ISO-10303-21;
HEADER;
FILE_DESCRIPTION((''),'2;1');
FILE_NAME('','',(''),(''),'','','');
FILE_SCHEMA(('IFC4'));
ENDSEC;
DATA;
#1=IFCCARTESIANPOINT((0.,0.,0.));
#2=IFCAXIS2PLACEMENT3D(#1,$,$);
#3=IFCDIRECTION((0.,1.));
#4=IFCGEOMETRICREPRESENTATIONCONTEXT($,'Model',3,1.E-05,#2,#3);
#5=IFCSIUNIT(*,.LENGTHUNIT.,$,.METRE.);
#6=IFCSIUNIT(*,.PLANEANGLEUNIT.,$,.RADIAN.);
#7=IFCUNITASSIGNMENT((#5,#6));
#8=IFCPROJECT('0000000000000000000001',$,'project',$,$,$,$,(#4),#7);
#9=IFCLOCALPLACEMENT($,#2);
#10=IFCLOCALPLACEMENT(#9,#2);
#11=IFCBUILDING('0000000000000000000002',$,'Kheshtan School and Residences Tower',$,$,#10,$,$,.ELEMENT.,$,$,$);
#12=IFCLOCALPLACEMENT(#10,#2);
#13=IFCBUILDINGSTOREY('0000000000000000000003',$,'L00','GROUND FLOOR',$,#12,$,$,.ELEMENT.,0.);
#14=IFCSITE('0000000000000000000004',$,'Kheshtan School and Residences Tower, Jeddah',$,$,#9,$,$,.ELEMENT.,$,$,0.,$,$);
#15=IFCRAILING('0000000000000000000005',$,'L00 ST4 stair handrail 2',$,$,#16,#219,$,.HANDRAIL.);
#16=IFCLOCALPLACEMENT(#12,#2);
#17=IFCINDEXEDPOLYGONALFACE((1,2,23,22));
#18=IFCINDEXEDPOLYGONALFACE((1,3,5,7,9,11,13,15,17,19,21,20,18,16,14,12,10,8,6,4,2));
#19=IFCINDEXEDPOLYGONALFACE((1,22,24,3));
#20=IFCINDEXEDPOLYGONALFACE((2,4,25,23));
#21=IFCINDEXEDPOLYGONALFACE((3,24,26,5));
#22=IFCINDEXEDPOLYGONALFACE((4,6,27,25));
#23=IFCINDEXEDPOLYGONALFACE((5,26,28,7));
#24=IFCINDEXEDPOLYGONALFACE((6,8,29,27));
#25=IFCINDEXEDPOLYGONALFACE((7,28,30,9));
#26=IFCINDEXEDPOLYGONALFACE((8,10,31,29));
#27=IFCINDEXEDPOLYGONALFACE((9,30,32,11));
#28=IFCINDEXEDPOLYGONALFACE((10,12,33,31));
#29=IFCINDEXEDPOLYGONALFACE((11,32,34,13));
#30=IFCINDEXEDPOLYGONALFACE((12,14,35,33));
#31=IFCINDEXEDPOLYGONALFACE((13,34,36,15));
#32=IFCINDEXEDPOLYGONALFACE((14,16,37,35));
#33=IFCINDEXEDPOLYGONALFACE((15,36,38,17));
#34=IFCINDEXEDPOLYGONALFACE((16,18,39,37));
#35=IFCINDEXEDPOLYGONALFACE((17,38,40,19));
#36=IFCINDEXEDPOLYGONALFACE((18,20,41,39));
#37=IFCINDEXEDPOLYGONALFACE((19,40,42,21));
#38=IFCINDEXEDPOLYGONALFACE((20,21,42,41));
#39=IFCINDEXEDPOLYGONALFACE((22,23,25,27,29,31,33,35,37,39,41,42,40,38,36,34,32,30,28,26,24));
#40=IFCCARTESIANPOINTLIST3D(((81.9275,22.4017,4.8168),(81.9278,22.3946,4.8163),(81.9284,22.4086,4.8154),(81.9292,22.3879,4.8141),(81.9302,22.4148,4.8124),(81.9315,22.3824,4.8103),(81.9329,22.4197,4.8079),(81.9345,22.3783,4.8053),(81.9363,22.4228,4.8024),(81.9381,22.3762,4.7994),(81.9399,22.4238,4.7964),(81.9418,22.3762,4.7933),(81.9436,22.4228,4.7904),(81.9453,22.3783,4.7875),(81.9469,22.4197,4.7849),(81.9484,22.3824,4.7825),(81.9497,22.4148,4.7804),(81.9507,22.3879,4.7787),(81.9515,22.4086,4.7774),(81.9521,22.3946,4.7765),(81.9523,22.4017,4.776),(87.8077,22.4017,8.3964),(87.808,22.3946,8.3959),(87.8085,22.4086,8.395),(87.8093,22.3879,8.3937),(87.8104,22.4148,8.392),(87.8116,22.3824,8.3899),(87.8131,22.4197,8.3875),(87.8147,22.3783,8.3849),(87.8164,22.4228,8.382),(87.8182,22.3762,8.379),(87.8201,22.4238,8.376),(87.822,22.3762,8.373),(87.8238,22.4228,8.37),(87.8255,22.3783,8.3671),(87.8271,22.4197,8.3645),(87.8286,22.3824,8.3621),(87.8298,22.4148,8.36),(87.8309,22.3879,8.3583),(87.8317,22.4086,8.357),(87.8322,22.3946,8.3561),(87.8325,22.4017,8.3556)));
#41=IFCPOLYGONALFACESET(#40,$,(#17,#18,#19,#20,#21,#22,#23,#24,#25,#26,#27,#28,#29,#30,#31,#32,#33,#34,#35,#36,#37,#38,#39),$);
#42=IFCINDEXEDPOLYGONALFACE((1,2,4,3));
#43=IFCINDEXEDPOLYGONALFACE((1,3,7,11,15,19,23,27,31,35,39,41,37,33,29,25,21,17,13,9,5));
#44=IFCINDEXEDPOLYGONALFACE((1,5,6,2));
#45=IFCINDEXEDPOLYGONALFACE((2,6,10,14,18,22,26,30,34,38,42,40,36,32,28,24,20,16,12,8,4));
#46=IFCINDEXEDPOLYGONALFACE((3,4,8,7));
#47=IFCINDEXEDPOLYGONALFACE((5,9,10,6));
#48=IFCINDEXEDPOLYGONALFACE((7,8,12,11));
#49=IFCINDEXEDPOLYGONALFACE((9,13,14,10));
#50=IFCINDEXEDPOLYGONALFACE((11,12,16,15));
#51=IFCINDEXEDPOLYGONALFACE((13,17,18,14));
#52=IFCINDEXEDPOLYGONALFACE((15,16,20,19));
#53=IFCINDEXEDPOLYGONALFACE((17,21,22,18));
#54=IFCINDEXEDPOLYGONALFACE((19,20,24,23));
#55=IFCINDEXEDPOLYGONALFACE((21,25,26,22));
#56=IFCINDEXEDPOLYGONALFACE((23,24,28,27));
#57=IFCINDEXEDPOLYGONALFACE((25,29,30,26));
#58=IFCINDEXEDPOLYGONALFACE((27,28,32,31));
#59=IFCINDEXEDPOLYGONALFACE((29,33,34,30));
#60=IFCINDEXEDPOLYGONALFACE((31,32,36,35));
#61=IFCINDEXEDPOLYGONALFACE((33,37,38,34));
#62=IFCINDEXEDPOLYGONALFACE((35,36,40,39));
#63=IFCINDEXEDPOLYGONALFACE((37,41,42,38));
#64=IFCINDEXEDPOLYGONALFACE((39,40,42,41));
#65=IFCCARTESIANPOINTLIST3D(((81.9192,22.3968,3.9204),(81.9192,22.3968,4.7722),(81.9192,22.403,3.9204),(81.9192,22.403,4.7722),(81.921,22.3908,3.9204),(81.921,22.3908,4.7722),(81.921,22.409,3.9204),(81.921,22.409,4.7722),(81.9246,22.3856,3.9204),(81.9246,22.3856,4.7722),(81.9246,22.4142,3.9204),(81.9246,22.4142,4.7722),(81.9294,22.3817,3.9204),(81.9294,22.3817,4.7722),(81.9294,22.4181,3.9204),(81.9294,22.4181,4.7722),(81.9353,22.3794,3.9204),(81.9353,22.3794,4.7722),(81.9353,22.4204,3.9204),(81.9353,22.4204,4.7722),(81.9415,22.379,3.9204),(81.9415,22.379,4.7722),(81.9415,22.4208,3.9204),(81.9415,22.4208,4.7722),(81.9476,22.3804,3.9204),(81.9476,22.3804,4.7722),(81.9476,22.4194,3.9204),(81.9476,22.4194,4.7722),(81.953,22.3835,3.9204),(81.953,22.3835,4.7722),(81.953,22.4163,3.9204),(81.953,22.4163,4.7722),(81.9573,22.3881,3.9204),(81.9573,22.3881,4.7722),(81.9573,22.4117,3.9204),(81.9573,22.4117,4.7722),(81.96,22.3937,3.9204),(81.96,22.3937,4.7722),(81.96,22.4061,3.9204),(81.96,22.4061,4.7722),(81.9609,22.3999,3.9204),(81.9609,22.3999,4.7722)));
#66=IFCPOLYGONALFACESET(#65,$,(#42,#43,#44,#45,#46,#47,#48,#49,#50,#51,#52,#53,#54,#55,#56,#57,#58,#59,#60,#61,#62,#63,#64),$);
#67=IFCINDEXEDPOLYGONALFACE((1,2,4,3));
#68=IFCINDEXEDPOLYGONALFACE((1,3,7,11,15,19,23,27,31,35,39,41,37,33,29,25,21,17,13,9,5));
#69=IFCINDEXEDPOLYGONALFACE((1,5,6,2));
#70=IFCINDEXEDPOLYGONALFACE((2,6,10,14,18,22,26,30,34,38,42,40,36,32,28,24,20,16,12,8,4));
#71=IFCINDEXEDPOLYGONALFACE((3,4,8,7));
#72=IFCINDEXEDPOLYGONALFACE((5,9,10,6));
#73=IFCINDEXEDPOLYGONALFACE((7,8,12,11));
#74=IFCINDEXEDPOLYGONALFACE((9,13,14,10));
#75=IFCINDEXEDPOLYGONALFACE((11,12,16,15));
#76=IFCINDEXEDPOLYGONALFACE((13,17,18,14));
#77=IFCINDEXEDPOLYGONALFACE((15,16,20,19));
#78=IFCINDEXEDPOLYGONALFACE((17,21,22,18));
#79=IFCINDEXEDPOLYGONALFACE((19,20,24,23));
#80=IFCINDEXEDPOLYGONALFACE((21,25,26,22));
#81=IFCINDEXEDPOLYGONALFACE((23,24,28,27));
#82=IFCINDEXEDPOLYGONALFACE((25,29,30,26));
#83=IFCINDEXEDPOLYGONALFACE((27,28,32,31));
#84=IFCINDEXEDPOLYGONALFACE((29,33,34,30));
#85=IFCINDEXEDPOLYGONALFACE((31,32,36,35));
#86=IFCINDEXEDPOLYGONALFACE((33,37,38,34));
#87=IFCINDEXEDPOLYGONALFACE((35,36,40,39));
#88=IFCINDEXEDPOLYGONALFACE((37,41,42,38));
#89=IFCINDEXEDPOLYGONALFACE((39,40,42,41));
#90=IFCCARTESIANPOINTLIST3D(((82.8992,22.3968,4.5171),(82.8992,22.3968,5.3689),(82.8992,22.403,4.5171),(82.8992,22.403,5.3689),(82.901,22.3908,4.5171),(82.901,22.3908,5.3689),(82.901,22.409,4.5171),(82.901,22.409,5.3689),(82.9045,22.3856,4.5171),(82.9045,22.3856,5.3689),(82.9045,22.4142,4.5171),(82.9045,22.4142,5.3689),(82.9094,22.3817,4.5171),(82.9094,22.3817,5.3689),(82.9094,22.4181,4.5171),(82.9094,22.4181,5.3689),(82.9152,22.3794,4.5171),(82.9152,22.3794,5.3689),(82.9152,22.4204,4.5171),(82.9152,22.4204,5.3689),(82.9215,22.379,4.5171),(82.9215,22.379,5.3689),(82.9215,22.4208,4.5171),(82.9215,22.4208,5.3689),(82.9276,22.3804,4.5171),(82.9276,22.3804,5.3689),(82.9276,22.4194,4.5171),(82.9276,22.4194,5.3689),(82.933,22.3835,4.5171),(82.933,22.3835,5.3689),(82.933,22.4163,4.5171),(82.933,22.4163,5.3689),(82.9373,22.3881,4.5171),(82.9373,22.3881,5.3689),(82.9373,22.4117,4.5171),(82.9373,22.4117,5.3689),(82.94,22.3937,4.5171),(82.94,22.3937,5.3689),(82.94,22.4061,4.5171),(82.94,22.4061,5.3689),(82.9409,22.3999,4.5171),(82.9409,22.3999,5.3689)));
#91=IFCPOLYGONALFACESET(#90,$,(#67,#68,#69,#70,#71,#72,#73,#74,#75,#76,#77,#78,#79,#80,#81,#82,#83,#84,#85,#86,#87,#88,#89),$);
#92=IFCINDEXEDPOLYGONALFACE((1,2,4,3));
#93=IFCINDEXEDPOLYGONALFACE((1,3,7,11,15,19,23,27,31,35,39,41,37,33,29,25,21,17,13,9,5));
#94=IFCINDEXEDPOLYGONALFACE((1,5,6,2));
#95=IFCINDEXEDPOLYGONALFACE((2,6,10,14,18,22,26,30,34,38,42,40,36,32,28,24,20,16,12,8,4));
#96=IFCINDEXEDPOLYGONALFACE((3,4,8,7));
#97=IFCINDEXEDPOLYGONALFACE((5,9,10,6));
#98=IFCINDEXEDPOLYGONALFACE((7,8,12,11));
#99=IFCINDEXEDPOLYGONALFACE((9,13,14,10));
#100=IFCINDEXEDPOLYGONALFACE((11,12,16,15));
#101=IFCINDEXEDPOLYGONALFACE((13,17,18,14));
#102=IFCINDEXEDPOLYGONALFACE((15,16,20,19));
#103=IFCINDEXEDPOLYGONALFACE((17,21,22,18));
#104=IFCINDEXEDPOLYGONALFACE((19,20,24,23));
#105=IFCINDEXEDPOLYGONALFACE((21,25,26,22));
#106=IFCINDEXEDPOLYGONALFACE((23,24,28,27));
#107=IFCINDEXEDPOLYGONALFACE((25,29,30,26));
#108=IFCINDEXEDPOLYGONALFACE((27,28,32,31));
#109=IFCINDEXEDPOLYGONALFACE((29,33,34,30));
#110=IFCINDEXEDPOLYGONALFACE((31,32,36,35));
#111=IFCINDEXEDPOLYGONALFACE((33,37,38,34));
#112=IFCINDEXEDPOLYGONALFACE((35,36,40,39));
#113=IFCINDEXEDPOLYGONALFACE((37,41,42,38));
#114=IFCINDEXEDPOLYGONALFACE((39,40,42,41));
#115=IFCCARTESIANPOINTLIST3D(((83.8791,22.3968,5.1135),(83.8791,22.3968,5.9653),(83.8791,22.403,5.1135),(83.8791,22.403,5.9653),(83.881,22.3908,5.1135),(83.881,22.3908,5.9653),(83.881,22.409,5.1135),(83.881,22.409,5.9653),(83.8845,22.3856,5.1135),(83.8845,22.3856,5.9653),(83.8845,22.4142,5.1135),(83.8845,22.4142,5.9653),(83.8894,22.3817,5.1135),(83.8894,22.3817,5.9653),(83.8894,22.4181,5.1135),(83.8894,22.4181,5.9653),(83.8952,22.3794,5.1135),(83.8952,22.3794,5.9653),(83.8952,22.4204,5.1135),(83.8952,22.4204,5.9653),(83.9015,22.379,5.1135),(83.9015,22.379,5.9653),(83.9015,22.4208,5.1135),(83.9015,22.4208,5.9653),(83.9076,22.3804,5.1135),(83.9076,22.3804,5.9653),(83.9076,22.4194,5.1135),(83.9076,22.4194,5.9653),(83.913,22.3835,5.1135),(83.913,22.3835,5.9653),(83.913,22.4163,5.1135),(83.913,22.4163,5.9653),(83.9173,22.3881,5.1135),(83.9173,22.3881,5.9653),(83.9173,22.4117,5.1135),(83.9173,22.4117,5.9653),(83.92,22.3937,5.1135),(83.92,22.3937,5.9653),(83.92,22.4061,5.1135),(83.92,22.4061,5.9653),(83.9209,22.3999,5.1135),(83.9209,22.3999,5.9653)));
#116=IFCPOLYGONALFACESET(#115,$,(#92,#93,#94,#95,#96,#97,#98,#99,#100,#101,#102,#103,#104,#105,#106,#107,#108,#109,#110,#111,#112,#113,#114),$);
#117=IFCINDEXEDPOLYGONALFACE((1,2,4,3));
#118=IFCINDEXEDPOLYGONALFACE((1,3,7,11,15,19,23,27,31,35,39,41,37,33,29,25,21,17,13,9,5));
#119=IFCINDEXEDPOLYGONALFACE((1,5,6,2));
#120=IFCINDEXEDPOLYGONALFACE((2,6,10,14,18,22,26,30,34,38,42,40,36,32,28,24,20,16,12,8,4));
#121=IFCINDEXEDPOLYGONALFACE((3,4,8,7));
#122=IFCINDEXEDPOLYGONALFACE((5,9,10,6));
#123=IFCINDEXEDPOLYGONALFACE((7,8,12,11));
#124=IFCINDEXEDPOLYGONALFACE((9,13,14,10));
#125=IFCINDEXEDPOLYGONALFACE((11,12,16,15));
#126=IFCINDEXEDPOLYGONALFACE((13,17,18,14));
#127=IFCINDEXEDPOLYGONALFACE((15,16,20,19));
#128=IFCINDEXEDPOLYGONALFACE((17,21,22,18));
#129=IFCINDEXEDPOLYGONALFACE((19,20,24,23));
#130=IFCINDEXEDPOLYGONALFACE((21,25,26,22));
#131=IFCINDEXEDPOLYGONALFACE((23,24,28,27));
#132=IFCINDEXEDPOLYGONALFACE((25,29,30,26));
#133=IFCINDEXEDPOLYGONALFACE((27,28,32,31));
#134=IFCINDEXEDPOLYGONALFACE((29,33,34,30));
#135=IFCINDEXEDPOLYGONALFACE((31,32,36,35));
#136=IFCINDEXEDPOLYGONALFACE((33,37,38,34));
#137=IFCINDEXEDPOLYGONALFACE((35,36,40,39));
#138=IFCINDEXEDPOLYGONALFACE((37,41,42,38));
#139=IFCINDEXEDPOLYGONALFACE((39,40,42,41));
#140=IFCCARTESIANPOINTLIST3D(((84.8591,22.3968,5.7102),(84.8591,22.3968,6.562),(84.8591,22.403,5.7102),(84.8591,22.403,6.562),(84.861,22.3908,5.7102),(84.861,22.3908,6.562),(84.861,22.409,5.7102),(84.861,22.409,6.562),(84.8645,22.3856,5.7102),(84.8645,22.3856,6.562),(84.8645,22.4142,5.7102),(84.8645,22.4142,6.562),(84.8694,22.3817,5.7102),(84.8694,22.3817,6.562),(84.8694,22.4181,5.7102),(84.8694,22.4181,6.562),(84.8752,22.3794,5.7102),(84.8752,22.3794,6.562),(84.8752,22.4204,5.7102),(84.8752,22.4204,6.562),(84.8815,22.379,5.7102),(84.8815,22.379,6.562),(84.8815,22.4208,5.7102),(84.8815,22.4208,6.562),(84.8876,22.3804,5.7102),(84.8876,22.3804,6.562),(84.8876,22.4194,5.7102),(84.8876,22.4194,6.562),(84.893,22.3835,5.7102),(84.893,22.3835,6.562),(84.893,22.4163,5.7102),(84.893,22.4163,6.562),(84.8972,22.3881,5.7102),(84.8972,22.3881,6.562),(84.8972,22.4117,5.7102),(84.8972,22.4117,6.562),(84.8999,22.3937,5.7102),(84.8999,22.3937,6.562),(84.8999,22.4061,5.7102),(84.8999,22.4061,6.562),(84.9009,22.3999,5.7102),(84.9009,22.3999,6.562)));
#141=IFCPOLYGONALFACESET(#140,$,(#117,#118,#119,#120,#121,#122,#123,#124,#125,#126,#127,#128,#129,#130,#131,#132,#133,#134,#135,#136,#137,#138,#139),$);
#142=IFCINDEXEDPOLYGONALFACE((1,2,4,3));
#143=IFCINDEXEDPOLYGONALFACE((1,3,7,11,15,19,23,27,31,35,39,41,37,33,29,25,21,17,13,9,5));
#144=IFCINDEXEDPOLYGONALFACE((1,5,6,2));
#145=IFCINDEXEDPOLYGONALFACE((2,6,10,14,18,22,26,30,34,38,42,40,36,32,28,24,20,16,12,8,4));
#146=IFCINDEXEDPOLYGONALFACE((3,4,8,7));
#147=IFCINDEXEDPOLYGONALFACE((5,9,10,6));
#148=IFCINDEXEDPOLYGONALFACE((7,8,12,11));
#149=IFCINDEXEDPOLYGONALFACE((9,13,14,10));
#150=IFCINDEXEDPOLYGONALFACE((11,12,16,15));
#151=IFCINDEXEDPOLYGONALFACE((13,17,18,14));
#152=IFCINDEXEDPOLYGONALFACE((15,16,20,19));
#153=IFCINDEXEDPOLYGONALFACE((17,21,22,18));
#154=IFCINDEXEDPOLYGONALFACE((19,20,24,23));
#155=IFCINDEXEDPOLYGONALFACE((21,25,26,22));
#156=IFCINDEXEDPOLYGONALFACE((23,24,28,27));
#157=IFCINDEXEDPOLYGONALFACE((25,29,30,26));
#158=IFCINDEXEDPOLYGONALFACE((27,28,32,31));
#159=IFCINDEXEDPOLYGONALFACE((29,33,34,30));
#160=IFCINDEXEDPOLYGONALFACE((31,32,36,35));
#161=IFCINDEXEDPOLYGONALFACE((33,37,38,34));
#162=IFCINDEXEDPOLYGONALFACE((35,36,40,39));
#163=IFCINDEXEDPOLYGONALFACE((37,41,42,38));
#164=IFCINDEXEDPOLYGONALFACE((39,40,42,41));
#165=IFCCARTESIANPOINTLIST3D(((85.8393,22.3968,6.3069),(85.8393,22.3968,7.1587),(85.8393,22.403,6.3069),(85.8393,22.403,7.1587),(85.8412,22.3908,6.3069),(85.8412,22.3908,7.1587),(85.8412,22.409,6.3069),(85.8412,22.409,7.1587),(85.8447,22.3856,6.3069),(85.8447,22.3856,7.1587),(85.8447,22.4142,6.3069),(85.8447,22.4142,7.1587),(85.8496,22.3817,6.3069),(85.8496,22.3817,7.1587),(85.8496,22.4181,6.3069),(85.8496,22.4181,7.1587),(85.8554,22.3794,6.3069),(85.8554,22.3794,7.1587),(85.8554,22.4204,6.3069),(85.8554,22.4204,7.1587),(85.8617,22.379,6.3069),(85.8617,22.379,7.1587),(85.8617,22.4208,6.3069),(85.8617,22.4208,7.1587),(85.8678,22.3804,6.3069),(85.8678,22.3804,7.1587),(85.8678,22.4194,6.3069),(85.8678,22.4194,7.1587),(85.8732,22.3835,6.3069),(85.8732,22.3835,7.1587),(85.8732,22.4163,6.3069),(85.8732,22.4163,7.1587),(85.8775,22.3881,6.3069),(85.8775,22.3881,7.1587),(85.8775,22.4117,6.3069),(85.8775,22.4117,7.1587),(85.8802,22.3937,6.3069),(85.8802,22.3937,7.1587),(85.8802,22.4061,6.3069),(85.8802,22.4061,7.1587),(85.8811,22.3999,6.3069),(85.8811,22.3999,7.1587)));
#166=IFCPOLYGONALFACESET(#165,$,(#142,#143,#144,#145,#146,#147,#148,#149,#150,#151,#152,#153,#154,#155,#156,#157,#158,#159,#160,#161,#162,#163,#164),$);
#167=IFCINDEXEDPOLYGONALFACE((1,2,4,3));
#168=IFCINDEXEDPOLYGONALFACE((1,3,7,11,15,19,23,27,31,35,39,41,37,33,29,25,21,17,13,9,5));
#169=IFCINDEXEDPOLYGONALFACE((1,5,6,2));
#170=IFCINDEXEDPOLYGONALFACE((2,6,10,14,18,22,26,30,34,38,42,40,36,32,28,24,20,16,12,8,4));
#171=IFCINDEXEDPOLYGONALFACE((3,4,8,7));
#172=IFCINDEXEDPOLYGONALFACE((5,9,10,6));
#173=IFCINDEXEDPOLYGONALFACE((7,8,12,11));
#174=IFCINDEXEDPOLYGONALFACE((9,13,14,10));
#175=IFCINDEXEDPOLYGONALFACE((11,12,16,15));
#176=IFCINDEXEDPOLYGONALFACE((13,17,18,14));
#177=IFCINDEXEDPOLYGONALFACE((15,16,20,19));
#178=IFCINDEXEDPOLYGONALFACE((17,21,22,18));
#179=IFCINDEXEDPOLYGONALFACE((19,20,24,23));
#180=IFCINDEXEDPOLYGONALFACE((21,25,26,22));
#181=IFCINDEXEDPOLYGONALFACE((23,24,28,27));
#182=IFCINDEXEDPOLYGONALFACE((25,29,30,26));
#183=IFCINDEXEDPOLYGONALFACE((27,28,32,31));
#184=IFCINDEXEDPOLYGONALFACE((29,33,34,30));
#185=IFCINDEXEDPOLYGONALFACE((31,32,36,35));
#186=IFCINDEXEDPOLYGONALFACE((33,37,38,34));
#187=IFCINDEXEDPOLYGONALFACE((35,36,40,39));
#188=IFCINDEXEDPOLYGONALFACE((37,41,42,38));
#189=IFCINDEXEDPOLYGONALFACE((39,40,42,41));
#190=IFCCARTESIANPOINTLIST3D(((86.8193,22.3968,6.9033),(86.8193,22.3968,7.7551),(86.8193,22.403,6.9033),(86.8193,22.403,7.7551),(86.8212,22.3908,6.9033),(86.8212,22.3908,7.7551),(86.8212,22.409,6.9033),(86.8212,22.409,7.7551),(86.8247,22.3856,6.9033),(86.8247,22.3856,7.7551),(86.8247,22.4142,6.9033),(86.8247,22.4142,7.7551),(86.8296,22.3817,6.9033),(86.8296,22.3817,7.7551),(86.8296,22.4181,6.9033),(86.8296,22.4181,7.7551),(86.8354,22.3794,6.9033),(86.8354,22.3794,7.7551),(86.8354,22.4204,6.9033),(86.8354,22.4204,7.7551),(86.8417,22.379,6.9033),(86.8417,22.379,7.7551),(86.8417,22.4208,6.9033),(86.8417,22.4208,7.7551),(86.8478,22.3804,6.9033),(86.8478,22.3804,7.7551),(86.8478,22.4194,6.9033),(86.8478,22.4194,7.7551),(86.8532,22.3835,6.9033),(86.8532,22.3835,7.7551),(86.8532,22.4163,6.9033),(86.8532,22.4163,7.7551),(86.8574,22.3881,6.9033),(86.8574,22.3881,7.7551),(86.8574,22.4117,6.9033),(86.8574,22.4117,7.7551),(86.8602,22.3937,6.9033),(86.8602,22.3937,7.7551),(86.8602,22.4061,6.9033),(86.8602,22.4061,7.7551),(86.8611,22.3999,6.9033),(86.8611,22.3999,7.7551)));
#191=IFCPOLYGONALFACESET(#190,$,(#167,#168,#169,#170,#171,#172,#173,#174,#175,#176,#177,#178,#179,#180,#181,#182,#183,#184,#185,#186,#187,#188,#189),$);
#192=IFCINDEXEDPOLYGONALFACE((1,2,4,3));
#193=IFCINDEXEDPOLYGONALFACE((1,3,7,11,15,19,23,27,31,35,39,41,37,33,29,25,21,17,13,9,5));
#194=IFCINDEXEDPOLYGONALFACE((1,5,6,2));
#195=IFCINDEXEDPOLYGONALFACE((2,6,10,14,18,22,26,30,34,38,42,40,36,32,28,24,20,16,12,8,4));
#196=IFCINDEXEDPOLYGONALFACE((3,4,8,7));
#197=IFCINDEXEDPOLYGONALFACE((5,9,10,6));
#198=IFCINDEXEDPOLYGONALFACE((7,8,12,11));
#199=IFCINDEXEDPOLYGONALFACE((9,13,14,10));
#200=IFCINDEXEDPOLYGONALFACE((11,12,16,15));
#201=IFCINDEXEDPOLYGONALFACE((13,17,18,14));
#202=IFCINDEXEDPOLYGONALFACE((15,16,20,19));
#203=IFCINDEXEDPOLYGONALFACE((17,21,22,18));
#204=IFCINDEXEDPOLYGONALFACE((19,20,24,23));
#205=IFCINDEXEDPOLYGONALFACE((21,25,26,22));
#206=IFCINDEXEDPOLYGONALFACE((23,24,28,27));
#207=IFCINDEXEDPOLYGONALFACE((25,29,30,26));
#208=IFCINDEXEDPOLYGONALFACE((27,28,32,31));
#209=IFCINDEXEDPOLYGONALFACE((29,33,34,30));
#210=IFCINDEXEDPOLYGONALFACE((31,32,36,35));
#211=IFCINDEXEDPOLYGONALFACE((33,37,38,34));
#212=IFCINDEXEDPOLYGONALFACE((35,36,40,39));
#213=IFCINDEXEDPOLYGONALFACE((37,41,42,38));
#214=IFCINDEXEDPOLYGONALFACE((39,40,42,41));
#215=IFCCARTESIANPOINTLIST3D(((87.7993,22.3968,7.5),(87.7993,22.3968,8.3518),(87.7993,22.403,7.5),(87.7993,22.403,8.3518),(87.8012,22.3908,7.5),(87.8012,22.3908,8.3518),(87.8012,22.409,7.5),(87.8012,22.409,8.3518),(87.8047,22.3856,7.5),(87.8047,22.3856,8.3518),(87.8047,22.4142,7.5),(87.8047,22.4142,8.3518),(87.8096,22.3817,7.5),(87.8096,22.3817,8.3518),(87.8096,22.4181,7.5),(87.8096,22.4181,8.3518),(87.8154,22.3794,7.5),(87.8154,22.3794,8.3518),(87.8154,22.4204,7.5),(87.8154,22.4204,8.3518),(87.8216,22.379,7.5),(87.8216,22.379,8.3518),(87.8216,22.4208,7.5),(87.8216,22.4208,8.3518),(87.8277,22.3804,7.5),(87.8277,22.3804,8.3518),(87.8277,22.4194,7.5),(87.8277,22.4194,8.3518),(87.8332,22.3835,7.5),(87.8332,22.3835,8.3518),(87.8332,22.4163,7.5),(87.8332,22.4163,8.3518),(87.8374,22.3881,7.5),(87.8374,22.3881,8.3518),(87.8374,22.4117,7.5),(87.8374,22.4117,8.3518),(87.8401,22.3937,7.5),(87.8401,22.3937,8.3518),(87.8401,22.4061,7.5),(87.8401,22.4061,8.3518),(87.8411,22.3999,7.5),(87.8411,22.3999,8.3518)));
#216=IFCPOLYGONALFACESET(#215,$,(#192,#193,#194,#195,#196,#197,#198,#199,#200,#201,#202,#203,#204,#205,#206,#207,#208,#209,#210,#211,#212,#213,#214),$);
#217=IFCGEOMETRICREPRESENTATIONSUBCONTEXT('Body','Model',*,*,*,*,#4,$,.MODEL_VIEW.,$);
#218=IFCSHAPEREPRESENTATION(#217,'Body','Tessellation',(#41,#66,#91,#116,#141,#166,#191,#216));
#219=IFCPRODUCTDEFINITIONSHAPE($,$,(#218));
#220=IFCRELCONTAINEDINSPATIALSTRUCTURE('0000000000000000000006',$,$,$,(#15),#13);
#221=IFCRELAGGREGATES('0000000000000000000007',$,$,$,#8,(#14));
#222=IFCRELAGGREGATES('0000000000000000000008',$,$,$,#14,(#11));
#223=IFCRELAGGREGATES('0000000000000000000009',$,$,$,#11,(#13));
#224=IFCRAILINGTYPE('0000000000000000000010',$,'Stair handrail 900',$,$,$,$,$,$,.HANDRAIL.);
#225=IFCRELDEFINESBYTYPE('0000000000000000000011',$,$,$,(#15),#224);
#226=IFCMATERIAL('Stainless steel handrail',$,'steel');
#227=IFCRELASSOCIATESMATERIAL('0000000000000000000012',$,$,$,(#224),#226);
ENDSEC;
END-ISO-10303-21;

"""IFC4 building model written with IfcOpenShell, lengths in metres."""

from ifc_helpers import new_model, si_unit, direction, frame, origin, origin_2d, place, context, subcontext, project, spatial, circle, extrude, material, type_object, element, save


model = new_model("IFC4")

# Units and contexts
model_context = context("Model", 3, precision=1e-05, world=origin(), true_north=direction((0.0, 1.0)))
body_context = subcontext(model_context, "Body", "Model", "MODEL_VIEW")
ifc_project = project(units=[si_unit("LENGTHUNIT", "METRE"), si_unit("PLANEANGLEUNIT", "RADIAN")], contexts=[model_context])

# Site, building, storey
site_placement = place(None, origin())
site = spatial("IfcSite", under=ifc_project, at=site_placement, Name="Kheshtan School and Residences Tower, Jeddah", CompositionType="ELEMENT", RefElevation=0.0)
building_placement = place(site_placement, origin())
building = spatial("IfcBuilding", under=site, at=building_placement, Name="Kheshtan School and Residences Tower", CompositionType="ELEMENT")
storey_placement = place(building_placement, origin())
storey = spatial("IfcBuildingStorey", under=building, at=storey_placement, Name="L00", Description="GROUND FLOOR", CompositionType="ELEMENT", Elevation=0.0)

# Railing
ifc_material_1 = material(Name="Stainless steel handrail", Category="steel")
railing_type_1 = type_object("IfcRailingType", Name="Stair handrail 900", PredefinedType="HANDRAIL", material=ifc_material_1)
railing_1_placement = place(storey_placement, frame((81.9399, 22.3999, 3.9204)))
element("IfcRailing", 1, at=railing_1_placement, inside=storey, type_object=railing_type_1, Name="L00 ST4 stair handrail 2", PredefinedType="HANDRAIL", context=body_context, shape_type="SweptSolid", body=[
    extrude(circle(Radius=0.0239, at=origin_2d()), frame((0.0, 0.0, 0.876), z_axis=(0.854174, 0.0, 0.519987), x_axis=(0.0, 1.0, 0.0)), (0.0, 0.0, 1.0), 6.884),
    extrude(circle(Radius=0.021, at=origin_2d()), origin(), (0.0, 0.0, 1.0), 0.8518),
    extrude(circle(Radius=0.021, at=origin_2d()), frame((0.98, 0.0, 0.5967)), (0.0, 0.0, 1.0), 0.8518),
    extrude(circle(Radius=0.021, at=origin_2d()), frame((1.96, 0.0, 1.1931)), (0.0, 0.0, 1.0), 0.8518),
    extrude(circle(Radius=0.021, at=origin_2d()), frame((2.9399, 0.0, 1.7898)), (0.0, 0.0, 1.0), 0.8518),
    extrude(circle(Radius=0.021, at=origin_2d()), frame((3.9202, 0.0, 2.3865)), (0.0, 0.0, 1.0), 0.8518),
    extrude(circle(Radius=0.021, at=origin_2d()), frame((4.9001, 0.0, 2.9829)), (0.0, 0.0, 1.0), 0.8518),
    extrude(circle(Radius=0.021, at=origin_2d()), frame((5.8801, 0.0, 3.5796)), (0.0, 0.0, 1.0), 0.8518),
])

save(model, "model.ifc")
